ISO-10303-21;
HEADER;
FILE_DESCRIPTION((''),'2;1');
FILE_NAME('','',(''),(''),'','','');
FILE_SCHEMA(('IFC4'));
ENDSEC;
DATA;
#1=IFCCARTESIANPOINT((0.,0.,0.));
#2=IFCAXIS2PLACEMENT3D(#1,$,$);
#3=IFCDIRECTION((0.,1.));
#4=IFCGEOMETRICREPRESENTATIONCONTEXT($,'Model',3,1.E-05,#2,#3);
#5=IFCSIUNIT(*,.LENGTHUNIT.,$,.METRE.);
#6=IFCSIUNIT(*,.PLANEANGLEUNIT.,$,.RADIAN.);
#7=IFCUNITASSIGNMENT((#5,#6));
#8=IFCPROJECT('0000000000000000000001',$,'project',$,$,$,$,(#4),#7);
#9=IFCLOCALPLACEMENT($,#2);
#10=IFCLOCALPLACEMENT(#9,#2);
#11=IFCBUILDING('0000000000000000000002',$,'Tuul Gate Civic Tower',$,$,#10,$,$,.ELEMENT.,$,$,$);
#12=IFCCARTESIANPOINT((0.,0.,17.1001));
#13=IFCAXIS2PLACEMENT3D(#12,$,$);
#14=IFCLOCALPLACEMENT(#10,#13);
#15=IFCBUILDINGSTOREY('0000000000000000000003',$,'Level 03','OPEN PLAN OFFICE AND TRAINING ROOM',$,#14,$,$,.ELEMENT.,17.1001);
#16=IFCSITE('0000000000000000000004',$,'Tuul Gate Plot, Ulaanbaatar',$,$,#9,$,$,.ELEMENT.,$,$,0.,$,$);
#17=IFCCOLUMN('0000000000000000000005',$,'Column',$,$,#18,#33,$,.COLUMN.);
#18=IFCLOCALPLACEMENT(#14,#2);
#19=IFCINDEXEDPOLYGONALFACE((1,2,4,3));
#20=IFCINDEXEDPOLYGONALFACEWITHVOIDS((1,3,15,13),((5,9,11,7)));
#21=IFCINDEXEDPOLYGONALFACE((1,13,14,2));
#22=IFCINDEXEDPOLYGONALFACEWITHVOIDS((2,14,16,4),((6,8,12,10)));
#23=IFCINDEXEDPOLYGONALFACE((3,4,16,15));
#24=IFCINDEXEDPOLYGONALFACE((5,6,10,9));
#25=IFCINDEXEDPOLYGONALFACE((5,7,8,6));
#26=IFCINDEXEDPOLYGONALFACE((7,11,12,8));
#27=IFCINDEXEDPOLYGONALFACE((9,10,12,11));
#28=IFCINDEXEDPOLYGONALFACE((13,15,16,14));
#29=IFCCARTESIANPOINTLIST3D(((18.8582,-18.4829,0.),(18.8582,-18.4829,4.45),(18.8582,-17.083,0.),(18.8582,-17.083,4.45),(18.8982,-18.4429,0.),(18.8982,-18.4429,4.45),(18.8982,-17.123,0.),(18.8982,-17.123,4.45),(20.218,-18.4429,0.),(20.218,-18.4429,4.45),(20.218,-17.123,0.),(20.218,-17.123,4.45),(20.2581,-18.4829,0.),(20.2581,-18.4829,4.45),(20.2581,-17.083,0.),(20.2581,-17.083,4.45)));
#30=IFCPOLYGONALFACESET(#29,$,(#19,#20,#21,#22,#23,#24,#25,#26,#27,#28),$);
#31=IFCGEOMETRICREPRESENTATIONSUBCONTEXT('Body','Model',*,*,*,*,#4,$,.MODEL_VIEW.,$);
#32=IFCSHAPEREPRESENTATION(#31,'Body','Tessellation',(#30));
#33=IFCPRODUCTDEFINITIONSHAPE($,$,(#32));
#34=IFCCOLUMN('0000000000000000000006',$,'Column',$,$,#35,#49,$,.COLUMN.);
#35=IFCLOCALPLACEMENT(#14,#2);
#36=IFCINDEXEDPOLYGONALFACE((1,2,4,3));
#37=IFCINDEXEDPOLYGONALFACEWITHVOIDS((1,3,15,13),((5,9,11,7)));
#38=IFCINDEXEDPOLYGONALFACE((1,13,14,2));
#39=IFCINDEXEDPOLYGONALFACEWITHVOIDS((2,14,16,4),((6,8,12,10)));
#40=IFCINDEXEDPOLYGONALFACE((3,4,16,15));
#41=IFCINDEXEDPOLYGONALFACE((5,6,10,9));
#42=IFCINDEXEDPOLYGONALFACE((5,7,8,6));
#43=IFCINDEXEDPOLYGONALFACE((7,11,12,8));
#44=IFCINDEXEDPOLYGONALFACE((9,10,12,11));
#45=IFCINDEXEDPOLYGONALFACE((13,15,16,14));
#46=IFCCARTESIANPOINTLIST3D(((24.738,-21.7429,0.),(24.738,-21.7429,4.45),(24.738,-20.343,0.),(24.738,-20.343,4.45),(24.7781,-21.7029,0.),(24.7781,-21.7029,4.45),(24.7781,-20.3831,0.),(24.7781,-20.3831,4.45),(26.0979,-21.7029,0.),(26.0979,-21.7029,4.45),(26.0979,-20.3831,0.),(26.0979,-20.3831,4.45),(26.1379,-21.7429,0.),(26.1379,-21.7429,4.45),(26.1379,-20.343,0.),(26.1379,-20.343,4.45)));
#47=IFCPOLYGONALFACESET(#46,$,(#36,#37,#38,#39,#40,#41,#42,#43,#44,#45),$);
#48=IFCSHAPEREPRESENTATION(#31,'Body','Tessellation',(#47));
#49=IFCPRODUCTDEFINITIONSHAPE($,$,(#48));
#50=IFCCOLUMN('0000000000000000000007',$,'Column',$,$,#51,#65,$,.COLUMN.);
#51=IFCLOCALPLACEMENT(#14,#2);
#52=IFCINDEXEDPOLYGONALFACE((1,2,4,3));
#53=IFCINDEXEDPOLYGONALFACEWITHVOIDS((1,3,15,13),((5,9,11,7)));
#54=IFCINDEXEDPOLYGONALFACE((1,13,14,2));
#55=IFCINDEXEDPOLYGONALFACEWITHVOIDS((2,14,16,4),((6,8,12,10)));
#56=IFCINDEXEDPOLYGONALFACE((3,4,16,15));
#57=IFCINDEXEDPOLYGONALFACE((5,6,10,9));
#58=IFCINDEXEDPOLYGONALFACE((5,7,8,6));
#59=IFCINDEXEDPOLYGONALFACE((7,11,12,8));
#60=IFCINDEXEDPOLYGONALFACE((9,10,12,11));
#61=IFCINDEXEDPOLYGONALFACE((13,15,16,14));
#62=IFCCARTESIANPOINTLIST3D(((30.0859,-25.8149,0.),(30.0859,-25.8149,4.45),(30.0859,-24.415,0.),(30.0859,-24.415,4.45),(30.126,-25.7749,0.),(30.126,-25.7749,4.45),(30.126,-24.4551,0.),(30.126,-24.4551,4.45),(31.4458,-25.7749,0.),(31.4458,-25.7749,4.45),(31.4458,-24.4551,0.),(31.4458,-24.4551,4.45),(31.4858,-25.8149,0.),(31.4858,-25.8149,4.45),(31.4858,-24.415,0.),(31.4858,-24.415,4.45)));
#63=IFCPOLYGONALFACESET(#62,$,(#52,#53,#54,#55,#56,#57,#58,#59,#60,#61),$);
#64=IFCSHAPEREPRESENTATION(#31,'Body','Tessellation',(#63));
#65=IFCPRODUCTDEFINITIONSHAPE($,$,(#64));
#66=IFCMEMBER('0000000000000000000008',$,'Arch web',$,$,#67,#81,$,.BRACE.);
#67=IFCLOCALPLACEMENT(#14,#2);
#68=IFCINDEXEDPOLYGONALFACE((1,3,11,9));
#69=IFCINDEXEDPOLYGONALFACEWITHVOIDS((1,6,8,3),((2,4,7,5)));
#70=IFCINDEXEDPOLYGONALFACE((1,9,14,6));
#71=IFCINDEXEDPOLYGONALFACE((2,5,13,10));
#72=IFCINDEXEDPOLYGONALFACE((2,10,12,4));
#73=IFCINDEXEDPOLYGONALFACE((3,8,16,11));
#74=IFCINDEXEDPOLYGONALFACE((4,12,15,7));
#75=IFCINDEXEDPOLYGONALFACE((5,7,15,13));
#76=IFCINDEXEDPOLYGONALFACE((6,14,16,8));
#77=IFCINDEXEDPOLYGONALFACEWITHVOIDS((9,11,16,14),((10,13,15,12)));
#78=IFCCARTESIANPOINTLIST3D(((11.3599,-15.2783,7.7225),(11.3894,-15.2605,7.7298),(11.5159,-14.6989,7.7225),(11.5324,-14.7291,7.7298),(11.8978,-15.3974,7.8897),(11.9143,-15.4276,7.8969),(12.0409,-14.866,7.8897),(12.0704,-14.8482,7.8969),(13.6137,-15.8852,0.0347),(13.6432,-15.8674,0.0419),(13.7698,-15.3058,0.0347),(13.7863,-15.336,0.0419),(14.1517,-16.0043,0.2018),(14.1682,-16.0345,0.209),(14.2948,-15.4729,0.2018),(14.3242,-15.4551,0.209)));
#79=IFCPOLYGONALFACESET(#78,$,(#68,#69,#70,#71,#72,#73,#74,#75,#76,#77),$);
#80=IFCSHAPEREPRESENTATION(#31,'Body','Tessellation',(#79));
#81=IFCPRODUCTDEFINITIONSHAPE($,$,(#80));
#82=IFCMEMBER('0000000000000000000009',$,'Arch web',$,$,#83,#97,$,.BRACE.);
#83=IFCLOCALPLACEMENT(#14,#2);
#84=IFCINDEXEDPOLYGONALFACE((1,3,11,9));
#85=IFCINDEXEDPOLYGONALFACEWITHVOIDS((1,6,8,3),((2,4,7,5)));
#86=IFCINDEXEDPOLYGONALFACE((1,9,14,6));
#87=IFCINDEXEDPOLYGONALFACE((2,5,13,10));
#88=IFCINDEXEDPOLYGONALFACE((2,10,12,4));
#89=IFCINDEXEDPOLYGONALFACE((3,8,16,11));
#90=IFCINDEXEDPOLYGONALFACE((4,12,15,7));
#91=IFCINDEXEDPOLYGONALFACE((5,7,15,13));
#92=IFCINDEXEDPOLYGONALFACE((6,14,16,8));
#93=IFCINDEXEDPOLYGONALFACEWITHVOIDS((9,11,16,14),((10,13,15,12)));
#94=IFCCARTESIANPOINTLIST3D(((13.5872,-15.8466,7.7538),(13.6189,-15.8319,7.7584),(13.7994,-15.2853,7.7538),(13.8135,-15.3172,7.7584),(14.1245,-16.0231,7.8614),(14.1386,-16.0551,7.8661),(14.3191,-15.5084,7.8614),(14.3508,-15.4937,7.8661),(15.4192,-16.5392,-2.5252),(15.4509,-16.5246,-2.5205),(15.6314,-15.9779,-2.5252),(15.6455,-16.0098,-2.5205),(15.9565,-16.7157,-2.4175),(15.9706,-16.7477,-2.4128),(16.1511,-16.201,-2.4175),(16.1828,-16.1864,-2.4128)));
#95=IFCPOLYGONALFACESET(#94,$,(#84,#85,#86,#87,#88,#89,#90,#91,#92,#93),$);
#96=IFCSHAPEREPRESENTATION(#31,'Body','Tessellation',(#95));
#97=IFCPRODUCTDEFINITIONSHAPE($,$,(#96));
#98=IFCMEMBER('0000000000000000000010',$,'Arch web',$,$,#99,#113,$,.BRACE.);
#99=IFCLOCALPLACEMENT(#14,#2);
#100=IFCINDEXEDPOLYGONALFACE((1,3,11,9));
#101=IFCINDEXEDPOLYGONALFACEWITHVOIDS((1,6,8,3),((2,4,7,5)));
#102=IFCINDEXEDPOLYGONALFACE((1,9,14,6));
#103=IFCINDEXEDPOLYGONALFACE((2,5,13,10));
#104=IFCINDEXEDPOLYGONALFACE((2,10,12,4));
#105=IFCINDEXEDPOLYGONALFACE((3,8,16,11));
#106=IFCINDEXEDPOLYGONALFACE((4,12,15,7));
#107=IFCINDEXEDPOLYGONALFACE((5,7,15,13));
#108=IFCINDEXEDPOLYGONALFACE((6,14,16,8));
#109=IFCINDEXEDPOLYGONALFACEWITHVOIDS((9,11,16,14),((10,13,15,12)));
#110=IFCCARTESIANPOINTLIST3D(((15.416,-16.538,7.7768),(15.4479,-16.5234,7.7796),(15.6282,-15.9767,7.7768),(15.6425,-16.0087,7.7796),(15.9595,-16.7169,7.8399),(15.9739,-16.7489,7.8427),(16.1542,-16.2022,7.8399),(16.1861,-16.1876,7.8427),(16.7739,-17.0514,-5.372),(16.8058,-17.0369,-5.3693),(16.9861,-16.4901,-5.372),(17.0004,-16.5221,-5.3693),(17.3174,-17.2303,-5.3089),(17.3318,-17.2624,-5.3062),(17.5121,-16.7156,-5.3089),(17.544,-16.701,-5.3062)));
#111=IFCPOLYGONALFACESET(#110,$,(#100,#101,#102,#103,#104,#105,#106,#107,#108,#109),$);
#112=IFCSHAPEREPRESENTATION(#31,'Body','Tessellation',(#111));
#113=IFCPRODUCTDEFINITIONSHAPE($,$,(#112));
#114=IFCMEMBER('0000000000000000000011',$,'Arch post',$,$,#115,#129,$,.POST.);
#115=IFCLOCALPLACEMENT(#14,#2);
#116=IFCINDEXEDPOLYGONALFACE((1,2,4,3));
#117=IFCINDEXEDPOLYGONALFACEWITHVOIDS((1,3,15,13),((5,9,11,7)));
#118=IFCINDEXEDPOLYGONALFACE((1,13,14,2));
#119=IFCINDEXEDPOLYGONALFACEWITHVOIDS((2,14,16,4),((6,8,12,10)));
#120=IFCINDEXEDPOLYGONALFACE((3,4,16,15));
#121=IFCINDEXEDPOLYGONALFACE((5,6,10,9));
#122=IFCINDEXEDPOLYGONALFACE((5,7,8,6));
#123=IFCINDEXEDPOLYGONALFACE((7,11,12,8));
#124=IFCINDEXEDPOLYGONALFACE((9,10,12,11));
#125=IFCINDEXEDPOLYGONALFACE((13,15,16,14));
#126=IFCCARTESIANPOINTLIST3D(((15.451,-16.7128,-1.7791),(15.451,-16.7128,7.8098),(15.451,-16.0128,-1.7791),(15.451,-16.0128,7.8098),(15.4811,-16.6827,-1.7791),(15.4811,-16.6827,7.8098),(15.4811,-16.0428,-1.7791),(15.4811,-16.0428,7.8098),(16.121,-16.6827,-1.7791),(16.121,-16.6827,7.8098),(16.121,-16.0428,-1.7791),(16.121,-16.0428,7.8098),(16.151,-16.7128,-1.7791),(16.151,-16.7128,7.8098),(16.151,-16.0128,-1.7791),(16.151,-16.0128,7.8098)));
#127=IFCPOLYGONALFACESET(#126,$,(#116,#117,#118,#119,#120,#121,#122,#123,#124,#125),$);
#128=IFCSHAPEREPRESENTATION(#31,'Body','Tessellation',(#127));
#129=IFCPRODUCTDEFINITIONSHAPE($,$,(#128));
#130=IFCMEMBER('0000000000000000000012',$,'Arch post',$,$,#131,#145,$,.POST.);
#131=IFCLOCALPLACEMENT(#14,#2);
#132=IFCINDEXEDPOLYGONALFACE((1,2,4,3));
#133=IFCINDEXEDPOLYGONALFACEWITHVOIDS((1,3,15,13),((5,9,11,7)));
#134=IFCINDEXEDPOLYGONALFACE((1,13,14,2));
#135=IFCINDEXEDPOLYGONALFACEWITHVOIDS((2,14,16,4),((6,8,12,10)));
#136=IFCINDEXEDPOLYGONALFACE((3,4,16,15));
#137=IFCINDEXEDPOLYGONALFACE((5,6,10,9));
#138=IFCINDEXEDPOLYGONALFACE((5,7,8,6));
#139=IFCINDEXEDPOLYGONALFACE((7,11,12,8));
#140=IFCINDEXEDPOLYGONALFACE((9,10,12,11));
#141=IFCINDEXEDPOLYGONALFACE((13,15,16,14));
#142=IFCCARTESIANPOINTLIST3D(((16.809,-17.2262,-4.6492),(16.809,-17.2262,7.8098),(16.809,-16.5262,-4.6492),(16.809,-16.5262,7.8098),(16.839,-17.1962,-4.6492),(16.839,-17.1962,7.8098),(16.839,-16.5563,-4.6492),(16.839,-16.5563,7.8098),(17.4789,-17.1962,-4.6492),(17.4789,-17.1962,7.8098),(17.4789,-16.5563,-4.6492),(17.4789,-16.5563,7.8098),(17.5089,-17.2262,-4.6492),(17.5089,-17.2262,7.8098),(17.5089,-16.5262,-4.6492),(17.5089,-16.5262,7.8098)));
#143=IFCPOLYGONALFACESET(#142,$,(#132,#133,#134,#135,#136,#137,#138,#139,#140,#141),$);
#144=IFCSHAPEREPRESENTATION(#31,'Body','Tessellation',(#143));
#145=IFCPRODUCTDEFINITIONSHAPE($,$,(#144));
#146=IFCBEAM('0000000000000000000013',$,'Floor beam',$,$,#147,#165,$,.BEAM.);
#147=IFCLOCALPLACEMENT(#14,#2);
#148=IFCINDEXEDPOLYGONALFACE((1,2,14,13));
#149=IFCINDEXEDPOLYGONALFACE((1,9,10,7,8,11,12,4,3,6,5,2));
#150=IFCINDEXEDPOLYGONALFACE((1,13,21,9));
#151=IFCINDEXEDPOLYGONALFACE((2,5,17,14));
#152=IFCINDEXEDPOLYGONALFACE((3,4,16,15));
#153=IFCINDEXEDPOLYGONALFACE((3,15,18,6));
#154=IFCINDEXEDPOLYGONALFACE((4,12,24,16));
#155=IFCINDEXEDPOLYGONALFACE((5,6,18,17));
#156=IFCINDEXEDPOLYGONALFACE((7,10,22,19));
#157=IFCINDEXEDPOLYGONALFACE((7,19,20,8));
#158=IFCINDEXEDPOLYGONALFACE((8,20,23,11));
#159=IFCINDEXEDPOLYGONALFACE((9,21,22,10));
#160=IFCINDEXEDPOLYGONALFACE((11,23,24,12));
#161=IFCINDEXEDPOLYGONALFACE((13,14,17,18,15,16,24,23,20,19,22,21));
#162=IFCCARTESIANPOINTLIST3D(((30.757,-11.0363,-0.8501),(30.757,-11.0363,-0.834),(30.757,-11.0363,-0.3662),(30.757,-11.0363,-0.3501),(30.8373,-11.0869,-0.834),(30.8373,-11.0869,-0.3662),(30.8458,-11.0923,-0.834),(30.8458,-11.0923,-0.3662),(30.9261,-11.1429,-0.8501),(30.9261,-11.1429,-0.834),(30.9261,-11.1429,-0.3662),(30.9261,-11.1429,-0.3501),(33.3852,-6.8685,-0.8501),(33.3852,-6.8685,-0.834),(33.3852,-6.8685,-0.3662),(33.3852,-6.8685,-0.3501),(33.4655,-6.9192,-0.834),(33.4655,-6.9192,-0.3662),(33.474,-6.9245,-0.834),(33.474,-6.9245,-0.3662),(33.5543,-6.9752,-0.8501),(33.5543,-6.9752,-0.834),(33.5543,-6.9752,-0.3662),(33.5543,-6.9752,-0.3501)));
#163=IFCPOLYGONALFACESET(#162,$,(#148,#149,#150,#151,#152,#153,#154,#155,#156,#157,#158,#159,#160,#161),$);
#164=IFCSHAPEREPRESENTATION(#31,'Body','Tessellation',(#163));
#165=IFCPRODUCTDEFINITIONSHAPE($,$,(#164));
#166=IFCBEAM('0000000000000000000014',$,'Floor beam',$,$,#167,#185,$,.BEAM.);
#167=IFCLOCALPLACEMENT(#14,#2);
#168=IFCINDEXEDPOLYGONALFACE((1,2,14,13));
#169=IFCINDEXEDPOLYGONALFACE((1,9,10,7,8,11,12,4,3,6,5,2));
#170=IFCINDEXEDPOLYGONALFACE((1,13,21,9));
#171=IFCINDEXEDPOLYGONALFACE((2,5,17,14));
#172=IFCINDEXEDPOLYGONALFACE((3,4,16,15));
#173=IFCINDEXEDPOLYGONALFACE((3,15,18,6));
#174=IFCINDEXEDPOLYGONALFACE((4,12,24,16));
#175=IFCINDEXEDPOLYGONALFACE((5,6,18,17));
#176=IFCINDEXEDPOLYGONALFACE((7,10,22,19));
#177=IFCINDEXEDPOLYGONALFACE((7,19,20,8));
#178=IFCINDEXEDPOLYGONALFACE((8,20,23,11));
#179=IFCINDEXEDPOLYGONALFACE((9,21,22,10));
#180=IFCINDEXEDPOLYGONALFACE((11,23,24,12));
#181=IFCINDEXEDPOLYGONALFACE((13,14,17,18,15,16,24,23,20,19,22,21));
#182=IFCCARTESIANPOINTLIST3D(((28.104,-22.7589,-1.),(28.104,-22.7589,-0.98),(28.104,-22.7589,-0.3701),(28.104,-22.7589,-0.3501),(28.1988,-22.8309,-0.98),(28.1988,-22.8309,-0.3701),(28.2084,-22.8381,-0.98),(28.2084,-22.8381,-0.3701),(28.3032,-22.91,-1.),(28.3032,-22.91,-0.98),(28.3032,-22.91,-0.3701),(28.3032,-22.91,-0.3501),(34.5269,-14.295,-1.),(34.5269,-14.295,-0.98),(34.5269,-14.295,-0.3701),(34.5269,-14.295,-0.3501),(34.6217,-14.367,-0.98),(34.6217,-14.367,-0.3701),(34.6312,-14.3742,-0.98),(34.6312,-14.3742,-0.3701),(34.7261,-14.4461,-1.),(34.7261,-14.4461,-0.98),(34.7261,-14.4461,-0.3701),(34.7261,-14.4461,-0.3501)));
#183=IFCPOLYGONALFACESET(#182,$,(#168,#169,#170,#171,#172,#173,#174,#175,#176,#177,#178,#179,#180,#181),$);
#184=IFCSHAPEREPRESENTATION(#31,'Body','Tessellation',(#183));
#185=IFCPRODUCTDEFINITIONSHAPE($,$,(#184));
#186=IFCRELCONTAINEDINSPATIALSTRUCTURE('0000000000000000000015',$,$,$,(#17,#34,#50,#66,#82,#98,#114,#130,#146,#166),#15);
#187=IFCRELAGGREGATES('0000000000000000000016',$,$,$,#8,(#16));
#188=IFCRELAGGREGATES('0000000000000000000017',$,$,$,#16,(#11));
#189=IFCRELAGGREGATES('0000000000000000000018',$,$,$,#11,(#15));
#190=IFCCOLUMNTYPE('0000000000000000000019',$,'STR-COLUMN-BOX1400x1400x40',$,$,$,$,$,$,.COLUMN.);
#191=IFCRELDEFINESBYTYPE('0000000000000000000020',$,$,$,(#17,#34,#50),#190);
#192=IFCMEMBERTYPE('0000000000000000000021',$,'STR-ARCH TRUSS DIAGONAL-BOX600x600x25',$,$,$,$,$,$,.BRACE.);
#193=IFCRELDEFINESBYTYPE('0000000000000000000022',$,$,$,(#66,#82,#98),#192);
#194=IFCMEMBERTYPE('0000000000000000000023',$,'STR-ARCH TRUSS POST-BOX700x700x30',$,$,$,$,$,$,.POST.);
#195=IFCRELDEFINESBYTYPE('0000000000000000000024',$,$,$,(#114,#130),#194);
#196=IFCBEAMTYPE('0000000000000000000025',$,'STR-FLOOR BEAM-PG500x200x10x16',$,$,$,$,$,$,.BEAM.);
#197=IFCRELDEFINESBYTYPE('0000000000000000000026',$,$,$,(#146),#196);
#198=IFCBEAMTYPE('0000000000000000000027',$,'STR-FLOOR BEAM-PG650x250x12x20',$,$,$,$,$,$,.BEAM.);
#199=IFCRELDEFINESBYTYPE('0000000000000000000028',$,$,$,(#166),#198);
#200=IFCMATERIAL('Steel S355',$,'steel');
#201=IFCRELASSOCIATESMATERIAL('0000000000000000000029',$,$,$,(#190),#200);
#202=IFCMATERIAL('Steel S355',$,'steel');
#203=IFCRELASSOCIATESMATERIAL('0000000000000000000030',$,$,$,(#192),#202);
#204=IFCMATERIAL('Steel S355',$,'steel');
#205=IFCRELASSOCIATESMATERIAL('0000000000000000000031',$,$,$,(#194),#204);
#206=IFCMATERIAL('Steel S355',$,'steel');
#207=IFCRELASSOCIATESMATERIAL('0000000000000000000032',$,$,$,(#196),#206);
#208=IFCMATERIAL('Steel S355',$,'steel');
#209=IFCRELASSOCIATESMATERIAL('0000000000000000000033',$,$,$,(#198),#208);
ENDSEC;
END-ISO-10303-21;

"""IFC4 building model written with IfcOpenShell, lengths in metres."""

from ifc_helpers import new_model, si_unit, direction, frame, origin, origin_2d, place, context, subcontext, project, spatial, hollow_rectangle, i_section, extrude, material, material_profile, profile_set, type_object, element, save


model = new_model("IFC4")

# Units and contexts
model_context = context("Model", 3, precision=1e-05, world=origin(), true_north=direction((0.0, 1.0)))
body_context = subcontext(model_context, "Body", "Model", "MODEL_VIEW")
ifc_project = project(units=[si_unit("LENGTHUNIT", "METRE"), si_unit("PLANEANGLEUNIT", "RADIAN")], contexts=[model_context])

# Site, building, storey
site_placement = place(None, origin())
site = spatial("IfcSite", under=ifc_project, at=site_placement, Name="Tuul Gate Plot, Ulaanbaatar", CompositionType="ELEMENT", RefElevation=0.0)
building_placement = place(site_placement, origin())
building = spatial("IfcBuilding", under=site, at=building_placement, Name="Tuul Gate Civic Tower", CompositionType="ELEMENT")
storey_placement = place(building_placement, frame((0.0, 0.0, 17.1001)))
storey = spatial("IfcBuildingStorey", under=building, at=storey_placement, Name="Level 03", Description="OPEN PLAN OFFICE AND TRAINING ROOM", CompositionType="ELEMENT", Elevation=17.1001)

# Columns
ifc_material_1 = material(Name="Steel S355", Category="steel")
ifc_material_profile_1 = material_profile(ifc_material_1, hollow_rectangle(XDim=1.3999, YDim=1.3999, WallThickness=0.04, at=origin_2d()), Name="BOX1400x1400x40")
ifc_profile_set_1 = profile_set([ifc_material_profile_1], Name="Steel S355")
column_type = type_object("IfcColumnType", Name="STR-COLUMN-BOX1400x1400x40", PredefinedType="COLUMN", material=ifc_profile_set_1)
for number, where, z_axis, x_axis, name in (
    (1, (19.5581, -17.783, 0.0), (0.0, 0.0, 1.0), (1.0, 0.0, 0.0), "Column"),
    (2, (25.438, -21.043, 0.0), (0.0, 0.0, 1.0), (1.0, 0.0, 0.0), "Column"),
    (3, (30.7859, -25.115, 0.0), (0.0, 0.0, 1.0), (1.0, 0.0, 0.0), "Column"),
):
    element("IfcColumn", number, at=place(storey_placement, frame(where, z_axis=z_axis, x_axis=x_axis)), inside=storey, type_object=column_type, Name=name, PredefinedType="COLUMN", context=body_context, shape_type="SweptSolid", body=[
        extrude(hollow_rectangle(XDim=1.3999, YDim=1.3999, WallThickness=0.04, at=origin_2d()), origin(), (0.0, 0.0, 1.0), 4.45),
    ])

# Members
ifc_material_2 = material(Name="Steel S355", Category="steel")
ifc_material_profile_2 = material_profile(ifc_material_2, hollow_rectangle(XDim=0.6001, YDim=0.6001, WallThickness=0.0249, at=origin_2d()), Name="BOX600x600x25")
ifc_profile_set_2 = profile_set([ifc_material_profile_2], Name="Steel S355")
member_type_1 = type_object("IfcMemberType", Name="STR-ARCH TRUSS DIAGONAL-BOX600x600x25", PredefinedType="BRACE", material=ifc_profile_set_2)
member_1_placement = place(storey_placement, frame((13.969, -15.6702, 0.1218), z_axis=(-0.280528, 0.075541, 0.956869), x_axis=(-0.260018, -0.965604, 0.0)))
element("IfcMember", 4, at=member_1_placement, inside=storey, type_object=member_type_1, Name="Arch web", PredefinedType="BRACE", context=body_context, shape_type="SweptSolid", body=[
    extrude(hollow_rectangle(XDim=0.6001, YDim=0.6001, WallThickness=0.0249, at=origin_2d()), origin(), (0.0, 0.0, 1.0), 8.0344),
])
member_2_placement = place(storey_placement, frame((15.801, -16.3628, -2.469), z_axis=(-0.175084, 0.066193, 0.982326), x_axis=(-0.353636, -0.935383, 0.0)))
element("IfcMember", 5, at=member_2_placement, inside=storey, type_object=member_type_1, Name="Arch web", PredefinedType="BRACE", context=body_context, shape_type="SweptSolid", body=[
    extrude(hollow_rectangle(XDim=0.6001, YDim=0.6001, WallThickness=0.0249, at=origin_2d()), origin(), (0.0, 0.0, 1.0), 10.4639),
])
member_3_placement = place(storey_placement, frame((17.1589, -16.8762, -5.3391), z_axis=(-0.102648, 0.038811, 0.99396), x_axis=(-0.353665, -0.935372, 0.0)))
element("IfcMember", 6, at=member_3_placement, inside=storey, type_object=member_type_1, Name="Arch web", PredefinedType="BRACE", context=body_context, shape_type="SweptSolid", body=[
    extrude(hollow_rectangle(XDim=0.6001, YDim=0.6001, WallThickness=0.0249, at=origin_2d()), origin(), (0.0, 0.0, 1.0), 13.2288),
])
ifc_material_3 = material(Name="Steel S355", Category="steel")
ifc_material_profile_3 = material_profile(ifc_material_3, hollow_rectangle(XDim=0.7, YDim=0.7, WallThickness=0.03, at=origin_2d()), Name="BOX700x700x30")
ifc_profile_set_3 = profile_set([ifc_material_profile_3], Name="Steel S355")
member_type_2 = type_object("IfcMemberType", Name="STR-ARCH TRUSS POST-BOX700x700x30", PredefinedType="POST", material=ifc_profile_set_3)
member_4_placement = place(storey_placement, frame((15.801, -16.3628, -1.7791), z_axis=(0.0, 0.0, 1.0), x_axis=(1.0, 0.0, 0.0)))
element("IfcMember", 7, at=member_4_placement, inside=storey, type_object=member_type_2, Name="Arch post", PredefinedType="POST", context=body_context, shape_type="SweptSolid", body=[
    extrude(hollow_rectangle(XDim=0.7, YDim=0.7, WallThickness=0.03, at=origin_2d()), origin(), (0.0, 0.0, 1.0), 9.5889),
])
member_5_placement = place(storey_placement, frame((17.1589, -16.8762, -4.6492), z_axis=(0.0, 0.0, 1.0), x_axis=(1.0, 0.0, 0.0)))
element("IfcMember", 8, at=member_5_placement, inside=storey, type_object=member_type_2, Name="Arch post", PredefinedType="POST", context=body_context, shape_type="SweptSolid", body=[
    extrude(hollow_rectangle(XDim=0.7, YDim=0.7, WallThickness=0.03, at=origin_2d()), origin(), (0.0, 0.0, 1.0), 12.459),
])

# Beams
ifc_material_4 = material(Name="Steel S355", Category="steel")
ifc_material_profile_4 = material_profile(ifc_material_4, i_section(OverallWidth=0.2, OverallDepth=0.5, WebThickness=0.01, FlangeThickness=0.0161, at=origin_2d()), Name="PG500x200x10x16")
ifc_profile_set_4 = profile_set([ifc_material_profile_4], Name="Steel S355")
beam_type_1 = type_object("IfcBeamType", Name="STR-FLOOR BEAM-PG500x200x10x16", PredefinedType="BEAM", material=ifc_profile_set_4)
beam_1_placement = place(storey_placement, frame((30.8416, -11.0896, -0.6001), z_axis=(0.533402, 0.845862, 0.0), x_axis=(-0.845862, 0.533402, 0.0)))
element("IfcBeam", 9, at=beam_1_placement, inside=storey, type_object=beam_type_1, Name="Floor beam", PredefinedType="BEAM", context=body_context, shape_type="SweptSolid", body=[
    extrude(i_section(OverallWidth=0.2, OverallDepth=0.5, WebThickness=0.01, FlangeThickness=0.0161, at=origin_2d()), origin(), (0.0, 0.0, 1.0), 4.9272),
])
ifc_material_5 = material(Name="Steel S355", Category="steel")
ifc_material_profile_5 = material_profile(ifc_material_5, i_section(OverallWidth=0.25, OverallDepth=0.6499, WebThickness=0.012, FlangeThickness=0.02, at=origin_2d()), Name="PG650x250x12x20")
ifc_profile_set_5 = profile_set([ifc_material_profile_5], Name="Steel S355")
beam_type_2 = type_object("IfcBeamType", Name="STR-FLOOR BEAM-PG650x250x12x20", PredefinedType="BEAM", material=ifc_profile_set_5)
beam_2_placement = place(storey_placement, frame((28.2036, -22.8345, -0.675), z_axis=(0.604505, 0.796601, 0.0), x_axis=(-0.796601, 0.604505, 0.0)))
element("IfcBeam", 10, at=beam_2_placement, inside=storey, type_object=beam_type_2, Name="Floor beam", PredefinedType="BEAM", context=body_context, shape_type="SweptSolid", body=[
    extrude(i_section(OverallWidth=0.25, OverallDepth=0.6499, WebThickness=0.012, FlangeThickness=0.02, at=origin_2d()), origin(), (0.0, 0.0, 1.0), 10.625),
])

save(model, "model.ifc")
